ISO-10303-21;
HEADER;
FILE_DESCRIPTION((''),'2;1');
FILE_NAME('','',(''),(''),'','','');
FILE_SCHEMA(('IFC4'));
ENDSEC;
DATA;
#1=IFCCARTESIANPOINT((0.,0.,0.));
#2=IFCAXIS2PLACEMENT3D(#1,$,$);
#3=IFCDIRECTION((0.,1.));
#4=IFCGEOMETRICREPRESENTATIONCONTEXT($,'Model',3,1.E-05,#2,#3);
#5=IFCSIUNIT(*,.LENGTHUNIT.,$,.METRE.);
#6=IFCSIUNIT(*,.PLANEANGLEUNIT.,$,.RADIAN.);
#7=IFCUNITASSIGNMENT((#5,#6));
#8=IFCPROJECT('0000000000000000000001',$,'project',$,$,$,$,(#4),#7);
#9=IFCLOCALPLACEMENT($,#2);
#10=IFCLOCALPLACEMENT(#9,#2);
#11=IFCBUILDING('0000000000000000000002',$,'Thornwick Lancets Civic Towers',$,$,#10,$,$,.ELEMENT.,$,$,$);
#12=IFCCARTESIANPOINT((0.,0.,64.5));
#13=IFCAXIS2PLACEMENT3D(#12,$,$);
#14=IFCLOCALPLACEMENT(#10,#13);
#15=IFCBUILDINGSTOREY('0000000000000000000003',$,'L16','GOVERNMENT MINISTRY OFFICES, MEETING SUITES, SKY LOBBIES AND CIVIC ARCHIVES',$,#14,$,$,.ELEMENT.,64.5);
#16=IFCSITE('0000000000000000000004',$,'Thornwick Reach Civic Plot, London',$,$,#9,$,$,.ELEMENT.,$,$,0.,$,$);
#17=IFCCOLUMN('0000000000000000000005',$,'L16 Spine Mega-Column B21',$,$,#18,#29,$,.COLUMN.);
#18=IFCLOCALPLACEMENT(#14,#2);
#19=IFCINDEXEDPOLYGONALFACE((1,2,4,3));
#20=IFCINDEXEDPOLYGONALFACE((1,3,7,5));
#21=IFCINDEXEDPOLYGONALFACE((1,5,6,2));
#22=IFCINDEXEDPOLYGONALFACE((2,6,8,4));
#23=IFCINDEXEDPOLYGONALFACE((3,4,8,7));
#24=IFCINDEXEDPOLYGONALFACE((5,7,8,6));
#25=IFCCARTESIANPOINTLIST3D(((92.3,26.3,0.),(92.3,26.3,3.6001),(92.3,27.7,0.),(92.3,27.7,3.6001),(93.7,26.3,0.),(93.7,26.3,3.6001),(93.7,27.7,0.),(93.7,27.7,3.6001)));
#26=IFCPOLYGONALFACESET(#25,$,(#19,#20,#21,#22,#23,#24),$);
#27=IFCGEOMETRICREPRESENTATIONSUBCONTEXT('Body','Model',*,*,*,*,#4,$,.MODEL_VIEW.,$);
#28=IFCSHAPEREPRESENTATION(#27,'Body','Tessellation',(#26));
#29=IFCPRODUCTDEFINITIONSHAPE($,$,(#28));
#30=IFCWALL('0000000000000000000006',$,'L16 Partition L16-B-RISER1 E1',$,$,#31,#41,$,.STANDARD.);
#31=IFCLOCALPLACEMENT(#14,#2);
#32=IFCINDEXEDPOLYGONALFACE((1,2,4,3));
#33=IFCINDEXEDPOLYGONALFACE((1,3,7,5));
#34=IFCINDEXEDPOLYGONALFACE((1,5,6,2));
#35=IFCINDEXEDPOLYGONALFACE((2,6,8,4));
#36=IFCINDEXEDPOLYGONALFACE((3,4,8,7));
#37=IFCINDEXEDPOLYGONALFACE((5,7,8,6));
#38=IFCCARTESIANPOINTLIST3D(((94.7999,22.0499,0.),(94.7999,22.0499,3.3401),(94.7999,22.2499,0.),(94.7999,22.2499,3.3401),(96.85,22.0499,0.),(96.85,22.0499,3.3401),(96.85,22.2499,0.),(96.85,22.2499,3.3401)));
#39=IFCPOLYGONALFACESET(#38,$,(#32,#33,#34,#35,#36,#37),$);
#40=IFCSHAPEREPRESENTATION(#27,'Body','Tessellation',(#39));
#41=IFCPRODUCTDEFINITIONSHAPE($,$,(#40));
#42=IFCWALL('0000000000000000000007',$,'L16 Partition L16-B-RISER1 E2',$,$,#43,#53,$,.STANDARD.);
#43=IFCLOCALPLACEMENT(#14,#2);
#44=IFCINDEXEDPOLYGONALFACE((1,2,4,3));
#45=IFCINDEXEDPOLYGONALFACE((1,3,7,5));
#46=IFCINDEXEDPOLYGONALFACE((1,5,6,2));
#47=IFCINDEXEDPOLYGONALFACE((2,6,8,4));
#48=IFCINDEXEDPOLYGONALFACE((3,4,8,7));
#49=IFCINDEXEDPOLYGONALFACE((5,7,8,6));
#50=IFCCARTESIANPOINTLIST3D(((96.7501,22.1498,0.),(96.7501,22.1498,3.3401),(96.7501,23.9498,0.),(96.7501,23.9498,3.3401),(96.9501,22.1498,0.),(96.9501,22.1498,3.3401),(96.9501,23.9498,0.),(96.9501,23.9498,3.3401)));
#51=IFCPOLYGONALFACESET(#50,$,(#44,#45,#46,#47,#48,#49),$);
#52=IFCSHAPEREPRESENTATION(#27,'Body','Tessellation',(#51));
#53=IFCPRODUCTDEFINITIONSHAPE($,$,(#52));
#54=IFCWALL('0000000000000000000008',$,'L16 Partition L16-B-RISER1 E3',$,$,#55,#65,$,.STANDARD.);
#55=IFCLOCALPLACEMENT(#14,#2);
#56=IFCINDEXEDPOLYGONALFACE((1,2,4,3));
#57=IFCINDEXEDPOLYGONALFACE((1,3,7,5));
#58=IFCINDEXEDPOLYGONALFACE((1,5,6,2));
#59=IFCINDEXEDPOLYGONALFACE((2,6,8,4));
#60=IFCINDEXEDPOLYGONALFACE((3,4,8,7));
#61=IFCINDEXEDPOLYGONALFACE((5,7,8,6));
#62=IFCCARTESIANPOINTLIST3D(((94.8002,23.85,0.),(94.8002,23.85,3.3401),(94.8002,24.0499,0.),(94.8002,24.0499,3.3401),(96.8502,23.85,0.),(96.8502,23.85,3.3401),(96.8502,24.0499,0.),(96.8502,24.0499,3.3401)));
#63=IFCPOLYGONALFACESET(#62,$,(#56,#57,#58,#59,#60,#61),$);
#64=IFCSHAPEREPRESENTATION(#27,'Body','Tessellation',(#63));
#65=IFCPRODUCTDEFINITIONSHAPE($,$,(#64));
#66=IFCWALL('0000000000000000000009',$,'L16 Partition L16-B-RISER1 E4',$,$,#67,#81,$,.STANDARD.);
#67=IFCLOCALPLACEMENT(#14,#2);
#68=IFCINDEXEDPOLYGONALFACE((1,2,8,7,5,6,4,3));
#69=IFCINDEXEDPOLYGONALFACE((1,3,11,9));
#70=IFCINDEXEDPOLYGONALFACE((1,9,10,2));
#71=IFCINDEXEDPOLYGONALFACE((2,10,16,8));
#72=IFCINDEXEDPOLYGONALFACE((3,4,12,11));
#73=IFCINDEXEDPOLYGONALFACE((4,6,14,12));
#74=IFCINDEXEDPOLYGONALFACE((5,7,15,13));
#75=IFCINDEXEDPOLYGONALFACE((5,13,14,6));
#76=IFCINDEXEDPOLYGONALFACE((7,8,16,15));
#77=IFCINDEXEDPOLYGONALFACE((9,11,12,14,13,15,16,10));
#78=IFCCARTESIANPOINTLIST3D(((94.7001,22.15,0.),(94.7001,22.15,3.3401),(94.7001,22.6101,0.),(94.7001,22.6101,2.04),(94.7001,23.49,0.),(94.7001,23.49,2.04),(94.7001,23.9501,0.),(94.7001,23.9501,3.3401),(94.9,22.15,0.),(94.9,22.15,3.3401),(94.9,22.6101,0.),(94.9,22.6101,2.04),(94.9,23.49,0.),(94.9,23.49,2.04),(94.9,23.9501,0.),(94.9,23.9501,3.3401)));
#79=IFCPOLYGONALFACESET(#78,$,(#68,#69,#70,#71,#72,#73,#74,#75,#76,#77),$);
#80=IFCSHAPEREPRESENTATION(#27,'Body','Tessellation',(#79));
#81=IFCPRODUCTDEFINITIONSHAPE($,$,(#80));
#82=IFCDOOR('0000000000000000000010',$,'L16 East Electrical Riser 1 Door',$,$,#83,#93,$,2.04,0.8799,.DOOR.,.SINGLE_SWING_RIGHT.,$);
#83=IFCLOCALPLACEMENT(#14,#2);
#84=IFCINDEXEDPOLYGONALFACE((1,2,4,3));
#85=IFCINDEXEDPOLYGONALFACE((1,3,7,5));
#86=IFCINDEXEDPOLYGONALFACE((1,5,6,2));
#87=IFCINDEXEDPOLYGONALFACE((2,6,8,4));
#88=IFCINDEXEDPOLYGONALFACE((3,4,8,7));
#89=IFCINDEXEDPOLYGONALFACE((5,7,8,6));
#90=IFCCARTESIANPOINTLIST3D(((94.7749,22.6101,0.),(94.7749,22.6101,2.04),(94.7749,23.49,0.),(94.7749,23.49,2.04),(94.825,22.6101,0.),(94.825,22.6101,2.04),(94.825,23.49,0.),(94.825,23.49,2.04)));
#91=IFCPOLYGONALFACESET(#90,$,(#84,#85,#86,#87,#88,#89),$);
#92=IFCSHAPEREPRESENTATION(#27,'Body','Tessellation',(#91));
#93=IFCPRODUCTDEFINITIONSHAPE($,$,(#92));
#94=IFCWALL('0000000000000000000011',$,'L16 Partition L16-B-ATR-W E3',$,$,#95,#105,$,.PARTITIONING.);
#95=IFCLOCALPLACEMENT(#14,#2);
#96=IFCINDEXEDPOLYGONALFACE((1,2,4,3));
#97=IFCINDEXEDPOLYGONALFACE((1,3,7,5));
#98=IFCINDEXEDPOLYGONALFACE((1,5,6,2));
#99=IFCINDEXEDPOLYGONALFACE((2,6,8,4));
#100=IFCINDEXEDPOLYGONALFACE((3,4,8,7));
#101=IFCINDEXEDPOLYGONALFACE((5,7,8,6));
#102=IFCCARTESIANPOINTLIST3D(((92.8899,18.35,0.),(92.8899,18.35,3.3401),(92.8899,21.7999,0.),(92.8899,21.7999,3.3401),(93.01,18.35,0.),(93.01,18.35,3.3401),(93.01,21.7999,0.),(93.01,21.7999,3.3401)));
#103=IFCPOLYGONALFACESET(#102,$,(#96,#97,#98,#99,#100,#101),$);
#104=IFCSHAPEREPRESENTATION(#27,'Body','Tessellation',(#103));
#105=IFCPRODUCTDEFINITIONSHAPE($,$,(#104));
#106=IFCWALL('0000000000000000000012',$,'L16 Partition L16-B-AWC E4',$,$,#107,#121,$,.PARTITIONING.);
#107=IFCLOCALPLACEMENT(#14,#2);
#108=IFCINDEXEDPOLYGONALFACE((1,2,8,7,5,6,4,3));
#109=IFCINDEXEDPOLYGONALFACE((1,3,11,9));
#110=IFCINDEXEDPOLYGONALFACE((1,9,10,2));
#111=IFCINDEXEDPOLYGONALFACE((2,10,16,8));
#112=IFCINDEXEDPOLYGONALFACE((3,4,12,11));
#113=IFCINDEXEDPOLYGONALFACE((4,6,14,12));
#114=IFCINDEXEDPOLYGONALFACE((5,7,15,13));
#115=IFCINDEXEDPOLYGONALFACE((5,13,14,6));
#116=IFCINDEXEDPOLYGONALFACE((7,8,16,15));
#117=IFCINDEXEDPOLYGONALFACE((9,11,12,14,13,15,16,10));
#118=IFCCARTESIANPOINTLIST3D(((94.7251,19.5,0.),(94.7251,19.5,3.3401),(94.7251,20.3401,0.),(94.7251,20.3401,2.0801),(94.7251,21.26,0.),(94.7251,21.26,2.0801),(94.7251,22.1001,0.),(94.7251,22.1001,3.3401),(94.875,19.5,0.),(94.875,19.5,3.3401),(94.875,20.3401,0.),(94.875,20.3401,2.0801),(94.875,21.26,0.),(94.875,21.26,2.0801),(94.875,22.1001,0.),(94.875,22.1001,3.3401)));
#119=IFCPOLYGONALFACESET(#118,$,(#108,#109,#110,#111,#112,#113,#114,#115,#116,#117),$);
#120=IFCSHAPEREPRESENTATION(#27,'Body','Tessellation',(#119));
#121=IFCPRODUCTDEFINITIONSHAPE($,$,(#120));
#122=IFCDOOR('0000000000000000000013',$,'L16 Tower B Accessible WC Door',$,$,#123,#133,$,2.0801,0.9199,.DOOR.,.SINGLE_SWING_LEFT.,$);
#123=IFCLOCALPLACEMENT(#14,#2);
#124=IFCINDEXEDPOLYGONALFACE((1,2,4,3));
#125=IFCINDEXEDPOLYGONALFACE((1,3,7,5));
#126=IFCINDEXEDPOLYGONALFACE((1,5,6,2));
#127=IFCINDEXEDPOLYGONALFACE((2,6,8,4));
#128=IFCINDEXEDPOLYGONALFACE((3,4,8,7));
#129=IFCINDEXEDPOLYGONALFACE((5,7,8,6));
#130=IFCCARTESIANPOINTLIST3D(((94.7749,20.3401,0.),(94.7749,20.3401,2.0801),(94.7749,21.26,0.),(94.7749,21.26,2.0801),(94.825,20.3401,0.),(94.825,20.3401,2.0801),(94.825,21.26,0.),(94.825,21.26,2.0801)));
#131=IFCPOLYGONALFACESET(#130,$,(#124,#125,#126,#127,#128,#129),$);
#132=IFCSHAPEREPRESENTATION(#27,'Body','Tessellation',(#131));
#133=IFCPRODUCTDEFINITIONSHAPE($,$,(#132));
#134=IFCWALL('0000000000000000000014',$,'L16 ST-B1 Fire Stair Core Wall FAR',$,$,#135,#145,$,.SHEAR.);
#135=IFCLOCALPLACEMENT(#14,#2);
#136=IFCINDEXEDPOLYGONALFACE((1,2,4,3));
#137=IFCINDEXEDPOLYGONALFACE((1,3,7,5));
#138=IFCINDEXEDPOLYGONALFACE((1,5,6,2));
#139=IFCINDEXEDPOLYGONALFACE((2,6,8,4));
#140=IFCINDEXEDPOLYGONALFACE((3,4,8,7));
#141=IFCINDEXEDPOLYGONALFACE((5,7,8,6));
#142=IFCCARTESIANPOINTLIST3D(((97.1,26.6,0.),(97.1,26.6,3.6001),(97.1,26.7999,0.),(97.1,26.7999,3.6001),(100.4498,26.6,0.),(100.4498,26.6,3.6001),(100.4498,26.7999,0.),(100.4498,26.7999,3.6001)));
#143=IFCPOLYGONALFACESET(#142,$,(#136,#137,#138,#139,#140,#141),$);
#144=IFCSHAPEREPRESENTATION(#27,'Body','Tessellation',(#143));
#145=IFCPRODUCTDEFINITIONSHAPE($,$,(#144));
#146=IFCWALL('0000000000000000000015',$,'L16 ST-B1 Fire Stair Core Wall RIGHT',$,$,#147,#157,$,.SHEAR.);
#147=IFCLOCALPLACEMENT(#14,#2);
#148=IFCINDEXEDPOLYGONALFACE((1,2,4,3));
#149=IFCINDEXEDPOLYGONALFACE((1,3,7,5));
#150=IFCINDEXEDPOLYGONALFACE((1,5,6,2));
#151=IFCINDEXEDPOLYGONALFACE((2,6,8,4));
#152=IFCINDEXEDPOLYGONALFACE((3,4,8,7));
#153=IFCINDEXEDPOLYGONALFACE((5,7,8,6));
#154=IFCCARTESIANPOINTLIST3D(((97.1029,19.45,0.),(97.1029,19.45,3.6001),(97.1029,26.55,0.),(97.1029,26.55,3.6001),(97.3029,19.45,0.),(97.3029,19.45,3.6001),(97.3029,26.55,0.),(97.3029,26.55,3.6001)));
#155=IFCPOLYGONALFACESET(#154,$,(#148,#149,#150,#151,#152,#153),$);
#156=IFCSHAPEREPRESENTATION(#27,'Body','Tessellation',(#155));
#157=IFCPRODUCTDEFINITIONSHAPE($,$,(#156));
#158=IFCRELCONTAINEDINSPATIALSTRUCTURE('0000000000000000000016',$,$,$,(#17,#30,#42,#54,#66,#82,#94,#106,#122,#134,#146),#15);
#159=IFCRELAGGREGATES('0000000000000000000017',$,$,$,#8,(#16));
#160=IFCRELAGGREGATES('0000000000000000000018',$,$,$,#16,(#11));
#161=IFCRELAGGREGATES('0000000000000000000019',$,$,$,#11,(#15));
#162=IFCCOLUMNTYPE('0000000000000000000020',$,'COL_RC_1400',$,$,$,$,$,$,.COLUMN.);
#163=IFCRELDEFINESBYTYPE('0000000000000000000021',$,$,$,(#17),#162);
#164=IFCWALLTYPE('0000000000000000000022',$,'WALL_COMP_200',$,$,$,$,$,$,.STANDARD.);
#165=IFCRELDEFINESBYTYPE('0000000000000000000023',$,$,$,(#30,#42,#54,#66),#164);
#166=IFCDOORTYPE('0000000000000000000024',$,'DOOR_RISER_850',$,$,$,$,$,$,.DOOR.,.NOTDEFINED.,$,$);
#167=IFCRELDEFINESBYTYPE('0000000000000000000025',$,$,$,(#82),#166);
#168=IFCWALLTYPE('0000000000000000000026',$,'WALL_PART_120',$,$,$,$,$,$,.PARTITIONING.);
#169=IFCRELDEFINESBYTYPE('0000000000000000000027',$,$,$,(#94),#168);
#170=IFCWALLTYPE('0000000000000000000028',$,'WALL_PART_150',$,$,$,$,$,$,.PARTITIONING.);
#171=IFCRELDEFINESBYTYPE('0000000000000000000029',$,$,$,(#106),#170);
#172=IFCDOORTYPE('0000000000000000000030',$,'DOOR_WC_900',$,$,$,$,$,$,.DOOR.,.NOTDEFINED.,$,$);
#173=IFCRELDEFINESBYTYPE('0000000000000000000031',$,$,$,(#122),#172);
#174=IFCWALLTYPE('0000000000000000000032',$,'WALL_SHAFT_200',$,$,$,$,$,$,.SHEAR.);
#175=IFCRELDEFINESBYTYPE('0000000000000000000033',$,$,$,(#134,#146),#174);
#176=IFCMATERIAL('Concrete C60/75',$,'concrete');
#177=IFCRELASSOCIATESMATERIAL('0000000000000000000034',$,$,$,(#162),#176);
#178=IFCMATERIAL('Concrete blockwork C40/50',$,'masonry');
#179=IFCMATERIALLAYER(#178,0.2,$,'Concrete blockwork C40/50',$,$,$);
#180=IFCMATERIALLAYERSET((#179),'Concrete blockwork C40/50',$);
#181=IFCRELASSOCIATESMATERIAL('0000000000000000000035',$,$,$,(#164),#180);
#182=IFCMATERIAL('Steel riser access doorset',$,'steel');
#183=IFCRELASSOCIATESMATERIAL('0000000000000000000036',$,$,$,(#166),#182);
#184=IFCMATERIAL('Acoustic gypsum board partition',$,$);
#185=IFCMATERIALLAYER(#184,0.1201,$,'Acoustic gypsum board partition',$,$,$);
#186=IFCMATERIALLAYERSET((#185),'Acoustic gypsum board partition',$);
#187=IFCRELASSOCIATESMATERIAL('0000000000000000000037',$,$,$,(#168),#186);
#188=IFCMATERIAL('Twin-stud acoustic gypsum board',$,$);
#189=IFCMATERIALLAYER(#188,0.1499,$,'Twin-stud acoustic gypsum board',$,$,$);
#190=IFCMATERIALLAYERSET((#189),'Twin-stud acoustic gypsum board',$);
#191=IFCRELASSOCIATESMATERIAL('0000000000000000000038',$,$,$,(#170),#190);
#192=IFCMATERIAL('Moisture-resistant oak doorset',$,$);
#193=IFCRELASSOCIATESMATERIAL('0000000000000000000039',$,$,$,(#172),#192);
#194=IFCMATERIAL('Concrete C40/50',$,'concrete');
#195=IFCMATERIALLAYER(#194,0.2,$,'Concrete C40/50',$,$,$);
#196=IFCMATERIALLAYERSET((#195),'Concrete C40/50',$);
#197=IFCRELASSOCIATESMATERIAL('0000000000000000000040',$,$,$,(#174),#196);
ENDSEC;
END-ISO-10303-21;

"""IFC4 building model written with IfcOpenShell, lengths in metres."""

from ifc_helpers import new_model, si_unit, direction, frame, frame_2d, origin, origin_2d, place, context, subcontext, project, spatial, rectangle, extrude, material, layer, layer_set, material_profile, profile_set, type_object, element, fill, save


model = new_model("IFC4")

# Units and contexts
model_context = context("Model", 3, precision=1e-05, world=origin(), true_north=direction((0.0, 1.0)))
body_context = subcontext(model_context, "Body", "Model", "MODEL_VIEW")
ifc_project = project(units=[si_unit("LENGTHUNIT", "METRE"), si_unit("PLANEANGLEUNIT", "RADIAN")], contexts=[model_context])

# Site, building, storey
site_placement = place(None, origin())
site = spatial("IfcSite", under=ifc_project, at=site_placement, Name="Thornwick Reach Civic Plot, London", CompositionType="ELEMENT", RefElevation=0.0)
building_placement = place(site_placement, origin())
building = spatial("IfcBuilding", under=site, at=building_placement, Name="Thornwick Lancets Civic Towers", CompositionType="ELEMENT")
storey_placement = place(building_placement, frame((0.0, 0.0, 64.5)))
storey = spatial("IfcBuildingStorey", under=building, at=storey_placement, Name="L16", Description="GOVERNMENT MINISTRY OFFICES, MEETING SUITES, SKY LOBBIES AND CIVIC ARCHIVES", CompositionType="ELEMENT", Elevation=64.5)

# Column
ifc_material_1 = material(Name="Concrete C60/75", Category="concrete")
ifc_material_profile = material_profile(ifc_material_1, rectangle(XDim=1.3999, YDim=1.3999, at=origin_2d()), Name="RC 1400x1400")
ifc_profile_set = profile_set([ifc_material_profile], Name="Concrete C60/75")
column_type = type_object("IfcColumnType", Name="COL_RC_1400", PredefinedType="COLUMN", material=ifc_profile_set)
column_placement = place(storey_placement, frame((93.0, 27.0, 0.0), z_axis=(0.0, 0.0, 1.0), x_axis=(1.0, 0.0, 0.0)))
element("IfcColumn", 1, at=column_placement, inside=storey, type_object=column_type, Name="L16 Spine Mega-Column B21", PredefinedType="COLUMN", context=body_context, shape_type="SweptSolid", body=[
    extrude(rectangle(XDim=1.3999, YDim=1.3999, at=origin_2d()), origin(), (0.0, 0.0, 1.0), 3.6001),
])

# Walls
ifc_material_2 = material(Name="Concrete blockwork C40/50", Category="masonry")
ifc_layer_1 = layer(ifc_material_2, 0.2, Name="Concrete blockwork C40/50")
ifc_layer_set_1 = layer_set([ifc_layer_1], Name="Concrete blockwork C40/50")
wall_type_1 = type_object("IfcWallType", Name="WALL_COMP_200", PredefinedType="STANDARD", material=ifc_layer_set_1)
wall_1_placement = place(storey_placement, frame((94.8, 22.1499, 0.0), z_axis=(0.0, 0.0, 1.0), x_axis=(1.0, 0.0, 0.0)))
element("IfcWall", 2, at=wall_1_placement, inside=storey, type_object=wall_type_1, Name="L16 Partition L16-B-RISER1 E1", PredefinedType="STANDARD", context=body_context, shape_type="SweptSolid", body=[
    extrude(rectangle(XDim=2.05, YDim=0.2, at=frame_2d((1.0249, 0.0))), origin(), (0.0, 0.0, 1.0), 3.3401),
])
wall_2_placement = place(storey_placement, frame((96.8501, 22.1499, 0.0), z_axis=(0.0, 0.0, 1.0), x_axis=(0.0, 1.0, 0.0)))
element("IfcWall", 3, at=wall_2_placement, inside=storey, type_object=wall_type_1, Name="L16 Partition L16-B-RISER1 E2", PredefinedType="STANDARD", context=body_context, shape_type="SweptSolid", body=[
    extrude(rectangle(XDim=1.8, YDim=0.2, at=frame_2d((0.8999, 0.0))), origin(), (0.0, 0.0, 1.0), 3.3401),
])
wall_3_placement = place(storey_placement, frame((96.8501, 23.95, 0.0), z_axis=(0.0, 0.0, 1.0), x_axis=(-1.0, 0.0, 0.0)))
element("IfcWall", 4, at=wall_3_placement, inside=storey, type_object=wall_type_1, Name="L16 Partition L16-B-RISER1 E3", PredefinedType="STANDARD", context=body_context, shape_type="SweptSolid", body=[
    extrude(rectangle(XDim=2.05, YDim=0.2, at=frame_2d((1.0249, 0.0))), origin(), (0.0, 0.0, 1.0), 3.3401),
])

# Wall, opening, door
wall_4_placement = place(storey_placement, frame((94.8, 23.95, 0.0), z_axis=(0.0, 0.0, 1.0), x_axis=(0.0, -1.0, 0.0)))
wall_4 = element("IfcWall", 5, at=wall_4_placement, inside=storey, type_object=wall_type_1, Name="L16 Partition L16-B-RISER1 E4", PredefinedType="STANDARD", context=body_context, shape_type="SweptSolid", body=[
    extrude(rectangle(XDim=1.8, YDim=0.2, at=frame_2d((0.8999, 0.0))), origin(), (0.0, 0.0, 1.0), 3.3401),
])
opening_1_placement = place(wall_4_placement, frame((0.46, 0.0, 0.0)))
opening_1 = element("IfcOpeningElement", 6, at=opening_1_placement, cuts=wall_4, PredefinedType="OPENING", context=body_context, shape_type="SweptSolid", body=[
    extrude(rectangle(XDim=0.8799, YDim=2.04, at=frame_2d((0.4399, 1.02))), frame((0.0, 0.1099, 0.0), z_axis=(0.0, -1.0, 0.0), x_axis=(1.0, 0.0, 0.0)), (0.0, 0.0, 1.0), 0.22),
])
ifc_material_3 = material(Name="Steel riser access doorset", Category="steel")
door_type_1 = type_object("IfcDoorType", Name="DOOR_RISER_850", OperationType="NOTDEFINED", PredefinedType="DOOR", material=ifc_material_3)
door_1_placement = place(opening_1_placement, origin())
door_1 = element("IfcDoor", 7, at=door_1_placement, inside=storey, type_object=door_type_1, Name="L16 East Electrical Riser 1 Door", OperationType="SINGLE_SWING_RIGHT", OverallHeight=2.04, OverallWidth=0.8799, PredefinedType="DOOR", context=body_context, shape_type="SweptSolid", body=[
    extrude(rectangle(XDim=0.8799, YDim=2.04, at=frame_2d((0.4399, 1.02))), frame((0.0, 0.0249, 0.0), z_axis=(0.0, -1.0, 0.0), x_axis=(1.0, 0.0, 0.0)), (0.0, 0.0, 1.0), 0.05),
])
fill(opening_1, door_1)

# Wall
ifc_material_4 = material(Name="Acoustic gypsum board partition")
ifc_layer_2 = layer(ifc_material_4, 0.1201, Name="Acoustic gypsum board partition")
ifc_layer_set_2 = layer_set([ifc_layer_2], Name="Acoustic gypsum board partition")
wall_type_2 = type_object("IfcWallType", Name="WALL_PART_120", PredefinedType="PARTITIONING", material=ifc_layer_set_2)
wall_5_placement = place(storey_placement, frame((92.95, 21.8, 0.0), z_axis=(0.0, 0.0, 1.0), x_axis=(0.0, -1.0, 0.0)))
element("IfcWall", 8, at=wall_5_placement, inside=storey, type_object=wall_type_2, Name="L16 Partition L16-B-ATR-W E3", PredefinedType="PARTITIONING", context=body_context, shape_type="SweptSolid", body=[
    extrude(rectangle(XDim=3.45, YDim=0.1201, at=frame_2d((1.7251, 0.0))), origin(), (0.0, 0.0, 1.0), 3.3401),
])

# Wall, opening, door
ifc_material_5 = material(Name="Twin-stud acoustic gypsum board")
ifc_layer_3 = layer(ifc_material_5, 0.1499, Name="Twin-stud acoustic gypsum board")
ifc_layer_set_3 = layer_set([ifc_layer_3], Name="Twin-stud acoustic gypsum board")
wall_type_3 = type_object("IfcWallType", Name="WALL_PART_150", PredefinedType="PARTITIONING", material=ifc_layer_set_3)
wall_6_placement = place(storey_placement, frame((94.8, 22.1001, 0.0), z_axis=(0.0, 0.0, 1.0), x_axis=(0.0, -1.0, 0.0)))
wall_6 = element("IfcWall", 9, at=wall_6_placement, inside=storey, type_object=wall_type_3, Name="L16 Partition L16-B-AWC E4", PredefinedType="PARTITIONING", context=body_context, shape_type="SweptSolid", body=[
    extrude(rectangle(XDim=2.6001, YDim=0.1499, at=frame_2d((1.3, 0.0))), origin(), (0.0, 0.0, 1.0), 3.3401),
])
opening_2_placement = place(wall_6_placement, frame((0.8401, 0.0, 0.0)))
opening_2 = element("IfcOpeningElement", 10, at=opening_2_placement, cuts=wall_6, PredefinedType="OPENING", context=body_context, shape_type="SweptSolid", body=[
    extrude(rectangle(XDim=0.9199, YDim=2.0801, at=frame_2d((0.46, 1.04))), frame((0.0, 0.085, 0.0), z_axis=(0.0, -1.0, 0.0), x_axis=(1.0, 0.0, 0.0)), (0.0, 0.0, 1.0), 0.1699),
])
ifc_material_6 = material(Name="Moisture-resistant oak doorset")
door_type_2 = type_object("IfcDoorType", Name="DOOR_WC_900", OperationType="NOTDEFINED", PredefinedType="DOOR", material=ifc_material_6)
door_2_placement = place(opening_2_placement, origin())
door_2 = element("IfcDoor", 11, at=door_2_placement, inside=storey, type_object=door_type_2, Name="L16 Tower B Accessible WC Door", OperationType="SINGLE_SWING_LEFT", OverallHeight=2.0801, OverallWidth=0.9199, PredefinedType="DOOR", context=body_context, shape_type="SweptSolid", body=[
    extrude(rectangle(XDim=0.9199, YDim=2.0801, at=frame_2d((0.46, 1.04))), frame((0.0, 0.0249, 0.0), z_axis=(0.0, -1.0, 0.0), x_axis=(1.0, 0.0, 0.0)), (0.0, 0.0, 1.0), 0.05),
])
fill(opening_2, door_2)

# Walls
ifc_material_7 = material(Name="Concrete C40/50", Category="concrete")
ifc_layer_4 = layer(ifc_material_7, 0.2, Name="Concrete C40/50")
ifc_layer_set_4 = layer_set([ifc_layer_4], Name="Concrete C40/50")
wall_type_4 = type_object("IfcWallType", Name="WALL_SHAFT_200", PredefinedType="SHEAR", material=ifc_layer_set_4)
wall_7_placement = place(storey_placement, frame((97.1001, 26.7, 0.0), z_axis=(0.0, 0.0, 1.0), x_axis=(1.0, 0.0, 0.0)))
element("IfcWall", 12, at=wall_7_placement, inside=storey, type_object=wall_type_4, Name="L16 ST-B1 Fire Stair Core Wall FAR", PredefinedType="SHEAR", context=body_context, shape_type="SweptSolid", body=[
    extrude(rectangle(XDim=3.3499, YDim=0.2, at=frame_2d((1.6748, 0.0))), origin(), (0.0, 0.0, 1.0), 3.6001),
])
wall_8_placement = place(storey_placement, frame((97.2029, 26.55, 0.0), z_axis=(0.0, 0.0, 1.0), x_axis=(0.0, -1.0, 0.0)))
element("IfcWall", 13, at=wall_8_placement, inside=storey, type_object=wall_type_4, Name="L16 ST-B1 Fire Stair Core Wall RIGHT", PredefinedType="SHEAR", context=body_context, shape_type="SweptSolid", body=[
    extrude(rectangle(XDim=7.1001, YDim=0.2, at=frame_2d((3.55, 0.0))), origin(), (0.0, 0.0, 1.0), 3.6001),
])

save(model, "model.ifc")
